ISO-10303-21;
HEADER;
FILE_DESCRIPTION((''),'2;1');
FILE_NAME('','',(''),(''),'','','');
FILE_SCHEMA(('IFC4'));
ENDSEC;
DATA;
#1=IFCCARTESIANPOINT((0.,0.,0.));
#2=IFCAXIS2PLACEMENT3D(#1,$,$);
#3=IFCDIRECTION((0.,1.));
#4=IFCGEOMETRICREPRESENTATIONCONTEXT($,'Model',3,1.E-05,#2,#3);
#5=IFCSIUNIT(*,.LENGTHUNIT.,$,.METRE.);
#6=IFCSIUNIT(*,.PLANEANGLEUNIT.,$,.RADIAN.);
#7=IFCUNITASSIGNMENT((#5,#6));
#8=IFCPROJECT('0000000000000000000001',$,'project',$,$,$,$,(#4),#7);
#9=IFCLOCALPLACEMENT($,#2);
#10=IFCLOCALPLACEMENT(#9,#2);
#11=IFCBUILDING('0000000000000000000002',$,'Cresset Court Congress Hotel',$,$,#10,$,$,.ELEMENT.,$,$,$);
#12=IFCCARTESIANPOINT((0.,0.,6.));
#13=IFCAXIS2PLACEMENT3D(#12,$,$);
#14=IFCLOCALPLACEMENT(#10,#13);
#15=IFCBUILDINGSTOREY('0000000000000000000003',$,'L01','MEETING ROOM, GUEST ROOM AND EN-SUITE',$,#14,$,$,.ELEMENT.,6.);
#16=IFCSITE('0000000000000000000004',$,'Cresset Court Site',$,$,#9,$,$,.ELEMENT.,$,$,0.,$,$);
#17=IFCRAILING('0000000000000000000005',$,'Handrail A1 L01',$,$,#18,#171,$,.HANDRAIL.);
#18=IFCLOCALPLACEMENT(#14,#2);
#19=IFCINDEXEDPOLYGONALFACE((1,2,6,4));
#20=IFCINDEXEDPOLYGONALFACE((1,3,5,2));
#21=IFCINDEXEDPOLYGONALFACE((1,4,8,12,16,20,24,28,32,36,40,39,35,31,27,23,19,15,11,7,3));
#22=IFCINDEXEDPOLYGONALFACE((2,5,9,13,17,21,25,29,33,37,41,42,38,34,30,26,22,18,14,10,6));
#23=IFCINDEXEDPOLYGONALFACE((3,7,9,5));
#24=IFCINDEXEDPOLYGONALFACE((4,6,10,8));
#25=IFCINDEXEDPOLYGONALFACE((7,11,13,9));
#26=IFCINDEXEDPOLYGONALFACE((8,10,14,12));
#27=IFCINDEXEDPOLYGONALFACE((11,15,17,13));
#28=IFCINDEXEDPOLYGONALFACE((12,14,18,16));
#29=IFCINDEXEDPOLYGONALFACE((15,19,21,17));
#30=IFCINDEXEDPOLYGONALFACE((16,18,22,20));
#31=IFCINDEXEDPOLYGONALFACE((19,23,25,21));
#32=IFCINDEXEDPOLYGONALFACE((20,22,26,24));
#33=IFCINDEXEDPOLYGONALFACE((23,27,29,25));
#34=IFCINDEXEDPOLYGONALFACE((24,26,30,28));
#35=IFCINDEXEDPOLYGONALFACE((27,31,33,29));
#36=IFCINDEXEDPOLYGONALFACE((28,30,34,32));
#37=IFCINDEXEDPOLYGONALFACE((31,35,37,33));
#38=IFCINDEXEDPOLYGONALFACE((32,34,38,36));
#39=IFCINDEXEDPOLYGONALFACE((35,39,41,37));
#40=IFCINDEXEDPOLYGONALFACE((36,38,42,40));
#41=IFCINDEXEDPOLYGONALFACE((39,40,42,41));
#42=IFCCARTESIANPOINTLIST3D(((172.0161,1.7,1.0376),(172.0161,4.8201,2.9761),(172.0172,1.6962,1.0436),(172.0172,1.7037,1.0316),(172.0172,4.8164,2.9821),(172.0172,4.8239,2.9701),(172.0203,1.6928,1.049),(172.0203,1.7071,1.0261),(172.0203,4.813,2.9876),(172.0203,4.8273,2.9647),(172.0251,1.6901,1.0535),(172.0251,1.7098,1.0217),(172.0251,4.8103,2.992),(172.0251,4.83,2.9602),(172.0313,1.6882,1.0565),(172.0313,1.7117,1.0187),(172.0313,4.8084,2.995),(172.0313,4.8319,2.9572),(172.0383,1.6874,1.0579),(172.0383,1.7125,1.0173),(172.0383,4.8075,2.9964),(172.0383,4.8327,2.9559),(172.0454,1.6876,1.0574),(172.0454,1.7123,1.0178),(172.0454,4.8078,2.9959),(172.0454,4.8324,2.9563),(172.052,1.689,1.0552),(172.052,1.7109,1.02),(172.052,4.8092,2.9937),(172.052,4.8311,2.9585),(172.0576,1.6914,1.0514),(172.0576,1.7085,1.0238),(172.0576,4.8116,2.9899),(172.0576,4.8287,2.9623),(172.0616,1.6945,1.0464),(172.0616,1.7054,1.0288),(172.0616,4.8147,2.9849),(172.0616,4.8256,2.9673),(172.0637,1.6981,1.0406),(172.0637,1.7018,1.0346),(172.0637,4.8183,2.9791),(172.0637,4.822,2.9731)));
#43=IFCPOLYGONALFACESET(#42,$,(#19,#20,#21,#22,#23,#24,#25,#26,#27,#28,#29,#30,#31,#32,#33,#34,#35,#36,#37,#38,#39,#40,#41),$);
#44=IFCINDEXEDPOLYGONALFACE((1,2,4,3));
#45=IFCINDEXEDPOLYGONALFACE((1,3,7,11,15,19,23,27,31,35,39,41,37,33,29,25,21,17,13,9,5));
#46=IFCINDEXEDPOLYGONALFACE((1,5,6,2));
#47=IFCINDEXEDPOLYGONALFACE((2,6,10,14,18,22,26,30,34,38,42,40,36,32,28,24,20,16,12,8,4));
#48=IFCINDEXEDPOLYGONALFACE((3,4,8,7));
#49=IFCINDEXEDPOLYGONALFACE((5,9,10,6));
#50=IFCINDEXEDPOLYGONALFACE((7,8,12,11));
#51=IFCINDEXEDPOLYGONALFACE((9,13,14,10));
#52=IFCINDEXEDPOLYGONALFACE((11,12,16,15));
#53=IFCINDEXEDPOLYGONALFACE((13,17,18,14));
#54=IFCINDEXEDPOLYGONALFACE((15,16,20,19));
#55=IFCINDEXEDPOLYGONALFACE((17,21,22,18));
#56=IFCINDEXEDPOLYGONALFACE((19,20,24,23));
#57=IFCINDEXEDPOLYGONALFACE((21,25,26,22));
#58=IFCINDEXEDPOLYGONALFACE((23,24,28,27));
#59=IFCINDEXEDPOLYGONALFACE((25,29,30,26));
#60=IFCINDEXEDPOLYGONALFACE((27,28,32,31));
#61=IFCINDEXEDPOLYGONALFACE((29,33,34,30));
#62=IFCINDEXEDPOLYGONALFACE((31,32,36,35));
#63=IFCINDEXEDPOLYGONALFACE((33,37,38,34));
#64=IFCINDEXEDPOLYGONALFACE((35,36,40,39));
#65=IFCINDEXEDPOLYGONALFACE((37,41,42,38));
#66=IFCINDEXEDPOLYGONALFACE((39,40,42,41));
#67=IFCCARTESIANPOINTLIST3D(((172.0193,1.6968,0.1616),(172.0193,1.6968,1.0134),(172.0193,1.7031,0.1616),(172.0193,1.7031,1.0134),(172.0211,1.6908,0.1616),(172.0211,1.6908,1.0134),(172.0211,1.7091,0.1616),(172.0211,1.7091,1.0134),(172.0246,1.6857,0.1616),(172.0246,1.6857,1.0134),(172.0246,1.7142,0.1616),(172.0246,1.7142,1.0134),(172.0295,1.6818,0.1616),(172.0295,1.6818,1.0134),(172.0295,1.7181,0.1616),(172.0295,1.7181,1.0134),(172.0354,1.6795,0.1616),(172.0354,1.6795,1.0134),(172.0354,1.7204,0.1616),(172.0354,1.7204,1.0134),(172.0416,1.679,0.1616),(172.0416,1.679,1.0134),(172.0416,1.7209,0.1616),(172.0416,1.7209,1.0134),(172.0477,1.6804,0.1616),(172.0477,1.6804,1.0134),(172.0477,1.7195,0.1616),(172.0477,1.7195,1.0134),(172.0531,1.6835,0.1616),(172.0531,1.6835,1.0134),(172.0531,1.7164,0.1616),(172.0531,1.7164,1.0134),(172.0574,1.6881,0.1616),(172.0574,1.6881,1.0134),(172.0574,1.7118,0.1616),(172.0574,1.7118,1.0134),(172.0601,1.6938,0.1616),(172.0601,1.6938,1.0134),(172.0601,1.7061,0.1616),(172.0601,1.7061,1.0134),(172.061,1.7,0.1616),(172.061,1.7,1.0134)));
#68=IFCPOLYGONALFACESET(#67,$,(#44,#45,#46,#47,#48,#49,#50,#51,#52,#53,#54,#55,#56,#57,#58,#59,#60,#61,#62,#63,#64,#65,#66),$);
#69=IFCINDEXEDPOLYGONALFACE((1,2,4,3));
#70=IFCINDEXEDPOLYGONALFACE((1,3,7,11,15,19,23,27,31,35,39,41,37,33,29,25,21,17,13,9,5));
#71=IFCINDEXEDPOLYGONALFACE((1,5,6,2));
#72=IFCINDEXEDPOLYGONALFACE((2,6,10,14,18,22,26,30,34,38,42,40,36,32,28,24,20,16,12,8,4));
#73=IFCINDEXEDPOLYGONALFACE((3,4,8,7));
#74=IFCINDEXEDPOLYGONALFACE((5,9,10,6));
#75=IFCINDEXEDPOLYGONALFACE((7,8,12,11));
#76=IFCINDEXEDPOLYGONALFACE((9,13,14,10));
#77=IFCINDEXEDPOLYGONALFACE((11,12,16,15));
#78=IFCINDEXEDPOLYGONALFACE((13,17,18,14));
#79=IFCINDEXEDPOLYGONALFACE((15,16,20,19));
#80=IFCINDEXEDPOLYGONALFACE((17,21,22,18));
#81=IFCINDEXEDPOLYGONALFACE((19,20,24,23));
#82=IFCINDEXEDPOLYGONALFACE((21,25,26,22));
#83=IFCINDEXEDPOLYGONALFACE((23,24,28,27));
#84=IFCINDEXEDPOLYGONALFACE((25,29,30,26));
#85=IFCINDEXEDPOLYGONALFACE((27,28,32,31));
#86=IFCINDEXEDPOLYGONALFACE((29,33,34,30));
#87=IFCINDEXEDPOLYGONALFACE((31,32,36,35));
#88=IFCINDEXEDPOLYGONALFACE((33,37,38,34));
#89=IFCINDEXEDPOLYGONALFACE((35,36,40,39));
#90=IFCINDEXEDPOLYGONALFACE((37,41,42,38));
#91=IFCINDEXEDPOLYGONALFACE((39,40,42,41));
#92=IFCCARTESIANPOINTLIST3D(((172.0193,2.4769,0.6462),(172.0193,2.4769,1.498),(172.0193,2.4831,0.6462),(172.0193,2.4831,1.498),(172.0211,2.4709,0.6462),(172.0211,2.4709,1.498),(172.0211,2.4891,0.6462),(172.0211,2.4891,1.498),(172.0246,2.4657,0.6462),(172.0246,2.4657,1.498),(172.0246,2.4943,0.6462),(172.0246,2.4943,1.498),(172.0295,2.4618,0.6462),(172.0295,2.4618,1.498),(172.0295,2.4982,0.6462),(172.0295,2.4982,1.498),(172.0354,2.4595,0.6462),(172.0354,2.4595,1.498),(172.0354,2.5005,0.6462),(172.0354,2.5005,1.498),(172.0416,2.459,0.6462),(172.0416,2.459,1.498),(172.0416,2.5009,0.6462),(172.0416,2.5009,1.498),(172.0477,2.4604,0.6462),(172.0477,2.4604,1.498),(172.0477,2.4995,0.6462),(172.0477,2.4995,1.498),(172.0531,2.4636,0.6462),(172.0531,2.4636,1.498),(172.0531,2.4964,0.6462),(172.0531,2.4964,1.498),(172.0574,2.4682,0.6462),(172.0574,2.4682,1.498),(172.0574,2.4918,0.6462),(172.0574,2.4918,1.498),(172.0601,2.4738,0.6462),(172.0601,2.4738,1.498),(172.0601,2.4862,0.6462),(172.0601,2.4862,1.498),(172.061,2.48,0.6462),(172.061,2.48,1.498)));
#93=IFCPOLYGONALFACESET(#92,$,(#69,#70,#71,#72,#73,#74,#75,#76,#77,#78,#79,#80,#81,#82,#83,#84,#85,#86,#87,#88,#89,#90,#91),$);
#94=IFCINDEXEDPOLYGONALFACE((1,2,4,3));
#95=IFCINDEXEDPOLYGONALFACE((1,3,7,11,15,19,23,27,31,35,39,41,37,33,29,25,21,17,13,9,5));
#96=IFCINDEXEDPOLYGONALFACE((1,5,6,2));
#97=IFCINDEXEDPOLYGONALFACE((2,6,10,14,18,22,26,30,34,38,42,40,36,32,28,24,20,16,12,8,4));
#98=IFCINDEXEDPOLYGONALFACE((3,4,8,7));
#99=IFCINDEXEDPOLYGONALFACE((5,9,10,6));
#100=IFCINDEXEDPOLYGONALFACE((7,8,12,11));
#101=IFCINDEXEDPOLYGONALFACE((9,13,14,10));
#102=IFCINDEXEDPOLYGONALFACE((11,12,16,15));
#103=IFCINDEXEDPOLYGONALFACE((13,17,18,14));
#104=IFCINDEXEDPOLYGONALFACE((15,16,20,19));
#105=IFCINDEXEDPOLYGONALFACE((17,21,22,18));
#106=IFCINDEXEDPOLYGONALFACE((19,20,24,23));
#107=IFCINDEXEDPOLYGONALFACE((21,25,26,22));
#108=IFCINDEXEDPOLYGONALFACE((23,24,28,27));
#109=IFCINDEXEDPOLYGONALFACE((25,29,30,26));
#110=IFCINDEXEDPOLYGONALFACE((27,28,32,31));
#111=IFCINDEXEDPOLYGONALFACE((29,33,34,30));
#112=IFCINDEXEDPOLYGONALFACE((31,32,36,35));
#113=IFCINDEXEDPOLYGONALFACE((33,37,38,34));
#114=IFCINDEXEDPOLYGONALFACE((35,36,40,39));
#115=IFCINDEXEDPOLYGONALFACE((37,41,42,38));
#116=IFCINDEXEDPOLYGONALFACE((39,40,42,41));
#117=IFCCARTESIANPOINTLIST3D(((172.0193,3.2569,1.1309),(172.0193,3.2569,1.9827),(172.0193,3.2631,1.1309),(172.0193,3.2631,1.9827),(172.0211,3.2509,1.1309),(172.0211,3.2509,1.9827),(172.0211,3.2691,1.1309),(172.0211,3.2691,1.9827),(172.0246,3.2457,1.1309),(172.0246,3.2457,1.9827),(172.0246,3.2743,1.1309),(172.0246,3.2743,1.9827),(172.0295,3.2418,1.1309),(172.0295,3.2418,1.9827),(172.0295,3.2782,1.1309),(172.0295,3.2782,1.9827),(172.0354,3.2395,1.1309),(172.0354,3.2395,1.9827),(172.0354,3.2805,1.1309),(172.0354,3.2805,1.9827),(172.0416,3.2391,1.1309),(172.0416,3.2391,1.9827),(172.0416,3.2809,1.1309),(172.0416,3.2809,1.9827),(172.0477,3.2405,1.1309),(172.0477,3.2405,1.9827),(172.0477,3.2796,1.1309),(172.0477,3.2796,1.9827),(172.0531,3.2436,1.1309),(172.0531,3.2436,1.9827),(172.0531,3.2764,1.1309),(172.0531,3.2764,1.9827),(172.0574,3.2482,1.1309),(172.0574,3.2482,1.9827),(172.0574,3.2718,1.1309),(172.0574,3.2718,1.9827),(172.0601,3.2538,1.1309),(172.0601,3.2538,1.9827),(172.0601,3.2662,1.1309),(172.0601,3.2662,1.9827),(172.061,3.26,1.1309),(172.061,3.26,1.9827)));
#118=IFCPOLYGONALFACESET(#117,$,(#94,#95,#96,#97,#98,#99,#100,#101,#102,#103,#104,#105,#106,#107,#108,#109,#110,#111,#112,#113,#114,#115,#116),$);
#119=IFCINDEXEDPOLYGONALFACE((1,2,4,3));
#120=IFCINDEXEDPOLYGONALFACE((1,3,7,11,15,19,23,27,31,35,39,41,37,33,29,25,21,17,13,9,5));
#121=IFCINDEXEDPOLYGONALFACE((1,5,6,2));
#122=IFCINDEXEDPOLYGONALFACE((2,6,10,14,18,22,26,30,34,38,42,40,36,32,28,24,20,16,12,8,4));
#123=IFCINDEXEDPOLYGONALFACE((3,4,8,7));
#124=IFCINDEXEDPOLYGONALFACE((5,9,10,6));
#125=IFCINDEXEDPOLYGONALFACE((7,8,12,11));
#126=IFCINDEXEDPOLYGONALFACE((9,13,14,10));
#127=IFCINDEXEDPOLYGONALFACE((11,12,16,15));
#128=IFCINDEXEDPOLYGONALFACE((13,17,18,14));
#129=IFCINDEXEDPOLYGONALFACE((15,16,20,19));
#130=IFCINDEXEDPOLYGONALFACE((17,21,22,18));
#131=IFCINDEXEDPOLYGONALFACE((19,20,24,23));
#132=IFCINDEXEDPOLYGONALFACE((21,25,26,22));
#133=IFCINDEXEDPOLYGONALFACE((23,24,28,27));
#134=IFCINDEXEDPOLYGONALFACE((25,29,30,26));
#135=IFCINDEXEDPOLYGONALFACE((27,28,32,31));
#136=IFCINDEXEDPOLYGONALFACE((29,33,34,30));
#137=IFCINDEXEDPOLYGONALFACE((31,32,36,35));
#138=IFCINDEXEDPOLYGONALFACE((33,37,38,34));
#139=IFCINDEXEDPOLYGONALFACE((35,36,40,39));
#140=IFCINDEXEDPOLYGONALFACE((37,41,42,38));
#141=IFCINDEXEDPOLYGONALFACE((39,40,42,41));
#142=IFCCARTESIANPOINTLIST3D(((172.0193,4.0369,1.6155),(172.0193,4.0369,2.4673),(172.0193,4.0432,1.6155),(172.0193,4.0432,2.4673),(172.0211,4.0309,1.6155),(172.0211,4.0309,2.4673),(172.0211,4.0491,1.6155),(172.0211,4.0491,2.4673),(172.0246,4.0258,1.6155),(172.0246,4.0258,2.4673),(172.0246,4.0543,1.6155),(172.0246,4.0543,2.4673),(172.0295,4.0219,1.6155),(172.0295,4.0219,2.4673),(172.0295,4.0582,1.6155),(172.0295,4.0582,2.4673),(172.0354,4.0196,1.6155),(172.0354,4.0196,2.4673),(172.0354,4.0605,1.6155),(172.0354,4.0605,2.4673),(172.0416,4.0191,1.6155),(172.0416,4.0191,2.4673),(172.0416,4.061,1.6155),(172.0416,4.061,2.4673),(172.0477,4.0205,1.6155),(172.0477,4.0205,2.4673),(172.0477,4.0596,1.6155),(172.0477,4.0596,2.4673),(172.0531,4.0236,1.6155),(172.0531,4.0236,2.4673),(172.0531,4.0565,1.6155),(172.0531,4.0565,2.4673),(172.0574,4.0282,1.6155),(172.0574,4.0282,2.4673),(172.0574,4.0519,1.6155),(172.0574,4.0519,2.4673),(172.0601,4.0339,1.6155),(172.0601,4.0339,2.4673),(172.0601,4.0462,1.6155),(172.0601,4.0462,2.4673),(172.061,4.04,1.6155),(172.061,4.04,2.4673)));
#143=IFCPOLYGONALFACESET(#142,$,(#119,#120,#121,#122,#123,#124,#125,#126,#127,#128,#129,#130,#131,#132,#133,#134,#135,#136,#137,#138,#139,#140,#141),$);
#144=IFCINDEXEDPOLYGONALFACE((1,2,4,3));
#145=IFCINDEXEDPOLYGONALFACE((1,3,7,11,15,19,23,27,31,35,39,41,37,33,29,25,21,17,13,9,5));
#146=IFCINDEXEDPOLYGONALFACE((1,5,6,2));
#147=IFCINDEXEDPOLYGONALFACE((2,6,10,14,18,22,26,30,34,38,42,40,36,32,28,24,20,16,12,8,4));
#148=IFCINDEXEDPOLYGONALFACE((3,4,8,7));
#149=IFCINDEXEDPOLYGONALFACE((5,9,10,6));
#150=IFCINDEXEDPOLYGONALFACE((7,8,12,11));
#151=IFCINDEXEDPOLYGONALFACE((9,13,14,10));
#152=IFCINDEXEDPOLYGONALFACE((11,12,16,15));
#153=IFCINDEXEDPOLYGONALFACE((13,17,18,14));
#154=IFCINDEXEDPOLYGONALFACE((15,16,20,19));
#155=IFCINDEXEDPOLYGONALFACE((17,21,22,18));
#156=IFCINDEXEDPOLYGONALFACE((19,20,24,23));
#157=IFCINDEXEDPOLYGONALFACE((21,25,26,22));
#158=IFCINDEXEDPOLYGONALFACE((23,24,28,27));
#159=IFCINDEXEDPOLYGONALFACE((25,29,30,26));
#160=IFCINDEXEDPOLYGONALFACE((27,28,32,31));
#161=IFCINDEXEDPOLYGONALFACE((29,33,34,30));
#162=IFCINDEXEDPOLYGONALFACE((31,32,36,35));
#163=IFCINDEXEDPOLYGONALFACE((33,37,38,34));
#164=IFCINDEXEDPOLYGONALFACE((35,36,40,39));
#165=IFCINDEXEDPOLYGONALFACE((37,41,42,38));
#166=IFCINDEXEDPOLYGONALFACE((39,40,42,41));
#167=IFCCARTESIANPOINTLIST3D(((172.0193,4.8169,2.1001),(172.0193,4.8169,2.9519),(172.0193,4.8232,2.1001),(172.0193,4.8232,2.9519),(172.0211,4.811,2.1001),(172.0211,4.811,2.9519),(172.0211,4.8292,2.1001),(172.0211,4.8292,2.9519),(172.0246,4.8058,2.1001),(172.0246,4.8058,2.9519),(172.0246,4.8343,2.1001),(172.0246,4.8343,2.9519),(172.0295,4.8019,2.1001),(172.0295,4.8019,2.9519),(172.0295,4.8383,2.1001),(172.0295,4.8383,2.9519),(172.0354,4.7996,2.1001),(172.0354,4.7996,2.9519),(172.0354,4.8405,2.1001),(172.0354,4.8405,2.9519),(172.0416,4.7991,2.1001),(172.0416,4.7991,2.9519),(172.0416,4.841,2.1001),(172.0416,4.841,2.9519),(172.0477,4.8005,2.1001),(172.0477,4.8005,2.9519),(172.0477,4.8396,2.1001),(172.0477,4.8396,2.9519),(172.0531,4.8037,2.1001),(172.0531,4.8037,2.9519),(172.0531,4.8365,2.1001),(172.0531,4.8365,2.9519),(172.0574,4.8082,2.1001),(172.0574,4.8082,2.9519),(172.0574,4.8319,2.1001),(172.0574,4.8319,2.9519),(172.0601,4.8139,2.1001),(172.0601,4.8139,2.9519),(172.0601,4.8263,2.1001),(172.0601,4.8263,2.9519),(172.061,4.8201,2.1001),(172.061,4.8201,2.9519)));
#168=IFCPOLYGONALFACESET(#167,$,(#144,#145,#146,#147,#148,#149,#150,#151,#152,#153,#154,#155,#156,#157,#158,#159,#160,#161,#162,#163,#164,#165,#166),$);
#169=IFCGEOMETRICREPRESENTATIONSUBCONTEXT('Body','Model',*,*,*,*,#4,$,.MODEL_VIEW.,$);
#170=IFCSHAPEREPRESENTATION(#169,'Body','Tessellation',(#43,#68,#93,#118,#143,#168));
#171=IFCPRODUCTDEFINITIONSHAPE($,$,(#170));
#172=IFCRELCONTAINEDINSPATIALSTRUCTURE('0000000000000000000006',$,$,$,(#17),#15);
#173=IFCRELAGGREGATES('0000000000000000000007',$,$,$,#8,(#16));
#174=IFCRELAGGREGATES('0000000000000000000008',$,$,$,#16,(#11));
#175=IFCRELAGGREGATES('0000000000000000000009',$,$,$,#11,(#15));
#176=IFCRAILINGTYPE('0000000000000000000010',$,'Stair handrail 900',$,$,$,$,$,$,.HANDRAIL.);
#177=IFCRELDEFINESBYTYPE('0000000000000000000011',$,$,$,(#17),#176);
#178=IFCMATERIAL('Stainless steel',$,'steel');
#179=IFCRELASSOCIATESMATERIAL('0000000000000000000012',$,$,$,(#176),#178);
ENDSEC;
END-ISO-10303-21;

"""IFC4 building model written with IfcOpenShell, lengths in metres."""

from ifc_helpers import new_model, si_unit, direction, frame, origin, origin_2d, place, context, subcontext, project, spatial, circle, extrude, material, type_object, element, save


model = new_model("IFC4")

# Units and contexts
model_context = context("Model", 3, precision=1e-05, world=origin(), true_north=direction((0.0, 1.0)))
body_context = subcontext(model_context, "Body", "Model", "MODEL_VIEW")
ifc_project = project(units=[si_unit("LENGTHUNIT", "METRE"), si_unit("PLANEANGLEUNIT", "RADIAN")], contexts=[model_context])

# Site, building, storey
site_placement = place(None, origin())
site = spatial("IfcSite", under=ifc_project, at=site_placement, Name="Cresset Court Site", CompositionType="ELEMENT", RefElevation=0.0)
building_placement = place(site_placement, origin())
building = spatial("IfcBuilding", under=site, at=building_placement, Name="Cresset Court Congress Hotel", CompositionType="ELEMENT")
storey_placement = place(building_placement, frame((0.0, 0.0, 6.0)))
storey = spatial("IfcBuildingStorey", under=building, at=storey_placement, Name="L01", Description="MEETING ROOM, GUEST ROOM AND EN-SUITE", CompositionType="ELEMENT", Elevation=6.0)

# Railing
ifc_material_1 = material(Name="Stainless steel", Category="steel")
railing_type_1 = type_object("IfcRailingType", Name="Stair handrail 900", PredefinedType="HANDRAIL", material=ifc_material_1)
for number, where, name in (
    (1, (172.04, 1.7, 0.1616), "Handrail A1 L01"),
):
    element("IfcRailing", number, at=place(storey_placement, frame(where)), inside=storey, type_object=railing_type_1, Name=name, PredefinedType="HANDRAIL", context=body_context, shape_type="SweptSolid", body=[
        extrude(circle(Radius=0.0239, at=origin_2d()), frame((0.0, 0.0, 0.876), z_axis=(0.0, 0.849414, 0.527727), x_axis=(-1.0, 0.0, 0.0)), (0.0, 0.0, 1.0), 3.6733),
        extrude(circle(Radius=0.021, at=origin_2d()), origin(), (0.0, 0.0, 1.0), 0.8518),
        extrude(circle(Radius=0.021, at=origin_2d()), frame((0.0, 0.78, 0.4846)), (0.0, 0.0, 1.0), 0.8518),
        extrude(circle(Radius=0.021, at=origin_2d()), frame((0.0, 1.5601, 0.9692)), (0.0, 0.0, 1.0), 0.8518),
        extrude(circle(Radius=0.021, at=origin_2d()), frame((0.0, 2.3401, 1.4539)), (0.0, 0.0, 1.0), 0.8518),
        extrude(circle(Radius=0.021, at=origin_2d()), frame((0.0, 3.1201, 1.9385)), (0.0, 0.0, 1.0), 0.8518),
    ])

save(model, "model.ifc")
